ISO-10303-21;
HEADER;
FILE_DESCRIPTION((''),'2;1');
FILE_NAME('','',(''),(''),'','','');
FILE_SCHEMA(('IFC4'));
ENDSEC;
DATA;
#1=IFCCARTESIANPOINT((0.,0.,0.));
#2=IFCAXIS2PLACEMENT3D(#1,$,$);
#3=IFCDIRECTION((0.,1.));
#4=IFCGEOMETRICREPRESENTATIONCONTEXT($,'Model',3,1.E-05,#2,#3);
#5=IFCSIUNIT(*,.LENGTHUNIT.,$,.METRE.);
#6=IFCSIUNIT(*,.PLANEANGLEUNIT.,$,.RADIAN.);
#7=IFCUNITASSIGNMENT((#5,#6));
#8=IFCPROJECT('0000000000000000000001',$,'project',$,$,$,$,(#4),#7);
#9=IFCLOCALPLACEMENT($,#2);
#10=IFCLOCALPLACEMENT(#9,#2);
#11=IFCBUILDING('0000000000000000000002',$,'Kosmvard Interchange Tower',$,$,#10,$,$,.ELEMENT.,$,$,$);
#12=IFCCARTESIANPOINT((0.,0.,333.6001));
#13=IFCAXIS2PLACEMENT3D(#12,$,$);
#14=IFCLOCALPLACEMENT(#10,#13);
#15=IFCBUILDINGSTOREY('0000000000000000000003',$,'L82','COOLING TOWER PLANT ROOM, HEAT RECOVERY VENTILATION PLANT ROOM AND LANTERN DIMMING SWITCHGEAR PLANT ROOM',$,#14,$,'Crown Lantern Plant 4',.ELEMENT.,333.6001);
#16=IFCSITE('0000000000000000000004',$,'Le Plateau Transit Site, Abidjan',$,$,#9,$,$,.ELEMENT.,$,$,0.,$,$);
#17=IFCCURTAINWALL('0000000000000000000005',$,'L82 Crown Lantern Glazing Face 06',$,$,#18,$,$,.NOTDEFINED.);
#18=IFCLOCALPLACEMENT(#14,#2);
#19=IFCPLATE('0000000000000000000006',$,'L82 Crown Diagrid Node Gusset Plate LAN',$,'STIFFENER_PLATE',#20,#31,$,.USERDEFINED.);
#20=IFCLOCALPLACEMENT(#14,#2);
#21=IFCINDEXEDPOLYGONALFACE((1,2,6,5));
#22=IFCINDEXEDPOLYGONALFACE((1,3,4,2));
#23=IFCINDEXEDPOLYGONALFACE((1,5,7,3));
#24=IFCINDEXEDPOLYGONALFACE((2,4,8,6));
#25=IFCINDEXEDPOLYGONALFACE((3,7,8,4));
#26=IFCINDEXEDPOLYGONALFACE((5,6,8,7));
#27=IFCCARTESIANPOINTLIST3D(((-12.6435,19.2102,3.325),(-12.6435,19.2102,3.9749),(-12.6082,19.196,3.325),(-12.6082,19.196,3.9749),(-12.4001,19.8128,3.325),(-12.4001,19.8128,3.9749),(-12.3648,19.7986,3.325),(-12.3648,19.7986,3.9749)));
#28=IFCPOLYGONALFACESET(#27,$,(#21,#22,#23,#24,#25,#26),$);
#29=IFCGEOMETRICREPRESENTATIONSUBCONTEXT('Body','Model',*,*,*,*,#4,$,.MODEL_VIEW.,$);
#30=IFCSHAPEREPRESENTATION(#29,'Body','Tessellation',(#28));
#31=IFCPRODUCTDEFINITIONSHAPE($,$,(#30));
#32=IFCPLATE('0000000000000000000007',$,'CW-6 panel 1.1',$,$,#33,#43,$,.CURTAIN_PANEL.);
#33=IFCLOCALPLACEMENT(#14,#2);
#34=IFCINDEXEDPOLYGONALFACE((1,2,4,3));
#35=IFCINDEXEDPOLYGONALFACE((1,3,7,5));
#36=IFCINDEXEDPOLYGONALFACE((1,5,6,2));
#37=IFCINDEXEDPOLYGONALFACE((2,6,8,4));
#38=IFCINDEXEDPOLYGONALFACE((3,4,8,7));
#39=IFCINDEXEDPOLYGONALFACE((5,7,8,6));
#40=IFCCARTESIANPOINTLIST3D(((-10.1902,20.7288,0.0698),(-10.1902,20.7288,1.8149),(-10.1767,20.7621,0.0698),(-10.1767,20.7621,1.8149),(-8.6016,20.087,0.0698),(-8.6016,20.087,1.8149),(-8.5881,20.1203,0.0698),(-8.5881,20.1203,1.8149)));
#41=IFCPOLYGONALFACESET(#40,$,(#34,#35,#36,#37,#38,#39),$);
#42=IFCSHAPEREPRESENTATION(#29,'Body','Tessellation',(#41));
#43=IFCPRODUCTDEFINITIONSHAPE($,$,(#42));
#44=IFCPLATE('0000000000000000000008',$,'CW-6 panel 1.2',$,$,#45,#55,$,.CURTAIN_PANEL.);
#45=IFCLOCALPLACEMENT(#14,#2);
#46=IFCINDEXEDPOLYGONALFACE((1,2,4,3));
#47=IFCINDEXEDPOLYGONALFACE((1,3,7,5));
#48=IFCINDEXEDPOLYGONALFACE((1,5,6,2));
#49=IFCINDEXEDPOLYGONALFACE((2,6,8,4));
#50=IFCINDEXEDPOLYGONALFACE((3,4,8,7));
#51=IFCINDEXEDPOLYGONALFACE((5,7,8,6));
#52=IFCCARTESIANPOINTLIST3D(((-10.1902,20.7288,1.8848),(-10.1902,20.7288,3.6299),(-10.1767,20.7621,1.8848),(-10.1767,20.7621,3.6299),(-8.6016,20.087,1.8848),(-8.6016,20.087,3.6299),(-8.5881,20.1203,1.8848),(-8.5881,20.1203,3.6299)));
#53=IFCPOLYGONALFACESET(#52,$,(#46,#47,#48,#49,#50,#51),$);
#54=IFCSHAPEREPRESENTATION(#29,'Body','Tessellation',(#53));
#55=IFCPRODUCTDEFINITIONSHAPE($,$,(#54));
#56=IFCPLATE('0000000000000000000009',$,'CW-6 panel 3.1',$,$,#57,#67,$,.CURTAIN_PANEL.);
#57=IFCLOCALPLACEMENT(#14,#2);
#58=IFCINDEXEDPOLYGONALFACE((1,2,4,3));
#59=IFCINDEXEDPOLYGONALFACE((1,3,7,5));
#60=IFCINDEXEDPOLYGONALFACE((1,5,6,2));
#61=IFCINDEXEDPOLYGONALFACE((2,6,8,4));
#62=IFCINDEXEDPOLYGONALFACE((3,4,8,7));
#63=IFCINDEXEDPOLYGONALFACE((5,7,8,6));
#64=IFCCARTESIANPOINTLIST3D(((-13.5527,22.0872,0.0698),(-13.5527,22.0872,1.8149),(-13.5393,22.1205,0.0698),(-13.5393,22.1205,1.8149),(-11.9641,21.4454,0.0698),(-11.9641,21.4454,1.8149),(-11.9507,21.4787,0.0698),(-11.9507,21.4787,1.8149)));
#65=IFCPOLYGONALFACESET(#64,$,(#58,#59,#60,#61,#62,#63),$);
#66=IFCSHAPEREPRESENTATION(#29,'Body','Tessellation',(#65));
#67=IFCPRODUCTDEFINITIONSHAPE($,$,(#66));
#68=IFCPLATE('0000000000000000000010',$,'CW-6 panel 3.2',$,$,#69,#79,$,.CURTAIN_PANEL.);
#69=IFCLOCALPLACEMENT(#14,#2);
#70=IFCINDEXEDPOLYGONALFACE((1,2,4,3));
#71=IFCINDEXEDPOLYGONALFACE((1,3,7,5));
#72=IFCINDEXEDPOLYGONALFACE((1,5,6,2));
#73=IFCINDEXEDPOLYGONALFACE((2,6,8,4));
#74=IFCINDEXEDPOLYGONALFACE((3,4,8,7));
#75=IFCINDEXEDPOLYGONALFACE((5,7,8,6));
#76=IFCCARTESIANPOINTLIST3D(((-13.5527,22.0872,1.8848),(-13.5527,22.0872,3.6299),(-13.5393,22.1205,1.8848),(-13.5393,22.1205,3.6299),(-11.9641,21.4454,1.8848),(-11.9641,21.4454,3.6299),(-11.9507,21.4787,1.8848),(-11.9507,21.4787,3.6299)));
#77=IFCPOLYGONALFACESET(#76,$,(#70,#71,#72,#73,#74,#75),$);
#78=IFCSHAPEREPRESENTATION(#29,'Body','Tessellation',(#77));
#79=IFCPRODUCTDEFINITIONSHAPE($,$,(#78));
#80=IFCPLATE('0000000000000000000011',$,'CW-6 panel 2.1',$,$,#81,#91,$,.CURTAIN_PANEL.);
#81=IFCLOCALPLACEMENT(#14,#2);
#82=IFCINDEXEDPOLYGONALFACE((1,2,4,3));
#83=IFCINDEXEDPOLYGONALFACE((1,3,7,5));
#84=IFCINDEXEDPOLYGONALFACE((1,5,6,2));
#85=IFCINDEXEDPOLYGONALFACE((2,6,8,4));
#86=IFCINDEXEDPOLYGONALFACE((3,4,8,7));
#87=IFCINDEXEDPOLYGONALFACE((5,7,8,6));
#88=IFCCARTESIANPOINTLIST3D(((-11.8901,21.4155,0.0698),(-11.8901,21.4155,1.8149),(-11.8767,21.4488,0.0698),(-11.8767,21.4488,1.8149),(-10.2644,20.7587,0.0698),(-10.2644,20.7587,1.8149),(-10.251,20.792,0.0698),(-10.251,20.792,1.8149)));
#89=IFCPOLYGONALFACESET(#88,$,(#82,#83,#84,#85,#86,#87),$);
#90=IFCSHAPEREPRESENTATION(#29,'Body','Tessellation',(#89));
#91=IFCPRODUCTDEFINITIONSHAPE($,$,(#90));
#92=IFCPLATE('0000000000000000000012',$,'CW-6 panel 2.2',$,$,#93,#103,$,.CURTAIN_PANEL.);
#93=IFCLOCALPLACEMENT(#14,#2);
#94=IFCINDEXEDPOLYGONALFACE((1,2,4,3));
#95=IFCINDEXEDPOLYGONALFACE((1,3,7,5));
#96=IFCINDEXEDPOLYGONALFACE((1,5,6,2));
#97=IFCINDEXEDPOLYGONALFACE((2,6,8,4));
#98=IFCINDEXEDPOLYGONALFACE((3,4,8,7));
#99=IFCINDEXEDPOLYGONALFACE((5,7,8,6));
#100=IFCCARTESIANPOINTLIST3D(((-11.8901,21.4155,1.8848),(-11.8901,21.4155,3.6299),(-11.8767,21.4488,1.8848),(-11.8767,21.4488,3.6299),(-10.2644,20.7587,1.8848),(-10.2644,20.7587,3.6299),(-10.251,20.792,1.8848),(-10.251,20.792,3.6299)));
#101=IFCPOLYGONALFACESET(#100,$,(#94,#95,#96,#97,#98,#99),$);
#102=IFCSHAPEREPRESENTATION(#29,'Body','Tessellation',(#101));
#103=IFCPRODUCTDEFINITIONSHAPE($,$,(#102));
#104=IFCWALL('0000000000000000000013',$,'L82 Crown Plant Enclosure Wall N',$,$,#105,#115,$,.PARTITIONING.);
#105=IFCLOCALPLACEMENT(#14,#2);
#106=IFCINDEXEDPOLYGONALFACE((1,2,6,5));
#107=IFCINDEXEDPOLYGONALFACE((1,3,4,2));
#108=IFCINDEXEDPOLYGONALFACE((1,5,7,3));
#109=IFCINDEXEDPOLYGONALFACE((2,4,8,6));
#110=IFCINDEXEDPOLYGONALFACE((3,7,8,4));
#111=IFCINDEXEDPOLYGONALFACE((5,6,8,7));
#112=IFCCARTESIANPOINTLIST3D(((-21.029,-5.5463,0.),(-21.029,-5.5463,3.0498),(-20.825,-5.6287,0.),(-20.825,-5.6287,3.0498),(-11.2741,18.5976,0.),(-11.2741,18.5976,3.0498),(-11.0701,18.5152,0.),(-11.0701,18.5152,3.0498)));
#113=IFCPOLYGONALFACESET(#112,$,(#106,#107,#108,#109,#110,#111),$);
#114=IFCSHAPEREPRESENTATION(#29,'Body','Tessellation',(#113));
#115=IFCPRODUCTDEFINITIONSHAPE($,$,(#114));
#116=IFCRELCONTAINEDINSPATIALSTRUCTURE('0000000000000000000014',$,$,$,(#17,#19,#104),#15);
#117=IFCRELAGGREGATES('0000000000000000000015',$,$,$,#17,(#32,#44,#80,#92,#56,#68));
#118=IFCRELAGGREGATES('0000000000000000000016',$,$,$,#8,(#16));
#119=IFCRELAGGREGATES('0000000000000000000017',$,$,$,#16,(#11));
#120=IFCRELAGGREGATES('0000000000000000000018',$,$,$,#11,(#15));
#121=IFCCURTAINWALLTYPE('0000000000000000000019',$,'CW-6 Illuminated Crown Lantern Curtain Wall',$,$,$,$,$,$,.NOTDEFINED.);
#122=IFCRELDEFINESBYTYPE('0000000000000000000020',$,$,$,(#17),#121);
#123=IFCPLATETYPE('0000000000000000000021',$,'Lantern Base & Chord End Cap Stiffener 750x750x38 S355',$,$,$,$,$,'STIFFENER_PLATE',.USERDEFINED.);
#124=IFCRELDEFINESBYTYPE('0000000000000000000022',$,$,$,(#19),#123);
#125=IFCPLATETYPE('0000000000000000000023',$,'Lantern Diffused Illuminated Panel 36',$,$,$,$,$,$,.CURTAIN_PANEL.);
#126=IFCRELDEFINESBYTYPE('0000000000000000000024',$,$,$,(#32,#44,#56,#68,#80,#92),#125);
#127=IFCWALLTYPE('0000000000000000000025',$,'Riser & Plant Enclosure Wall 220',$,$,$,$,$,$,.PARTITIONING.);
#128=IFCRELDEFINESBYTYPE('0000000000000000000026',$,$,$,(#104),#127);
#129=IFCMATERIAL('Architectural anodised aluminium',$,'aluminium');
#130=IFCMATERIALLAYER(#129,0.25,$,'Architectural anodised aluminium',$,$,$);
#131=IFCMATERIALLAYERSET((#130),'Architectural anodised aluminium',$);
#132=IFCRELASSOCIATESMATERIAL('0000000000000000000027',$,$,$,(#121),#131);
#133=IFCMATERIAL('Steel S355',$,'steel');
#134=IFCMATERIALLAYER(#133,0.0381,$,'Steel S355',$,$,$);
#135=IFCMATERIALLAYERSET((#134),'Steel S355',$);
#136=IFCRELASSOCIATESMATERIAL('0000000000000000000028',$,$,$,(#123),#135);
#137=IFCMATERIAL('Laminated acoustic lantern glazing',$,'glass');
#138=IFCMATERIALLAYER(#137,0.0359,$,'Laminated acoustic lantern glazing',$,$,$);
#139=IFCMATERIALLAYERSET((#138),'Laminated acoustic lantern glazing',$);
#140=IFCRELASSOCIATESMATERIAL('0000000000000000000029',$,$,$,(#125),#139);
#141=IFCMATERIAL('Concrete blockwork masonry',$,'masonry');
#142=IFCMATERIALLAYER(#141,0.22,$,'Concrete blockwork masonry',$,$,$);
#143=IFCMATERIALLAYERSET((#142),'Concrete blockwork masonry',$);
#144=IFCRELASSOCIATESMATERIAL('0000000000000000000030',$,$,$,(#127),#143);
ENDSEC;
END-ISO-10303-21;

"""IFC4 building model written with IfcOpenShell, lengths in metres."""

from ifc_helpers import new_model, si_unit, direction, frame, frame_2d, origin, origin_2d, place, context, subcontext, project, spatial, rectangle, extrude, source, transform, mapped, material, layer, layer_set, type_object, element, aggregate, save


model = new_model("IFC4")

# Units and contexts
model_context = context("Model", 3, precision=1e-05, world=origin(), true_north=direction((0.0, 1.0)))
body_context = subcontext(model_context, "Body", "Model", "MODEL_VIEW")
ifc_project = project(units=[si_unit("LENGTHUNIT", "METRE"), si_unit("PLANEANGLEUNIT", "RADIAN")], contexts=[model_context])

# Site, building, storey
site_placement = place(None, origin())
site = spatial("IfcSite", under=ifc_project, at=site_placement, Name="Le Plateau Transit Site, Abidjan", CompositionType="ELEMENT", RefElevation=0.0)
building_placement = place(site_placement, origin())
building = spatial("IfcBuilding", under=site, at=building_placement, Name="Kosmvard Interchange Tower", CompositionType="ELEMENT")
storey_placement = place(building_placement, frame((0.0, 0.0, 333.6001)))
storey = spatial("IfcBuildingStorey", under=building, at=storey_placement, Name="L82", Description="COOLING TOWER PLANT ROOM, HEAT RECOVERY VENTILATION PLANT ROOM AND LANTERN DIMMING SWITCHGEAR PLANT ROOM", LongName="Crown Lantern Plant 4", CompositionType="ELEMENT", Elevation=333.6001)

# Shared definitions
ifc_material_1 = material(Name="Steel S355", Category="steel")

# Curtain wall
ifc_material_2 = material(Name="Architectural anodised aluminium", Category="aluminium")
ifc_layer_1 = layer(ifc_material_2, 0.25, Name="Architectural anodised aluminium")
ifc_layer_set_1 = layer_set([ifc_layer_1], Name="Architectural anodised aluminium")
curtain_wall_type = type_object("IfcCurtainWallType", Name="CW-6 Illuminated Crown Lantern Curtain Wall", PredefinedType="NOTDEFINED", material=ifc_layer_set_1)
curtain_wall_placement = place(storey_placement, origin())
curtain_wall = element("IfcCurtainWall", 1, at=curtain_wall_placement, inside=storey, type_object=curtain_wall_type, Name="L82 Crown Lantern Glazing Face 06", PredefinedType="NOTDEFINED")

# Plates
ifc_layer_2 = layer(ifc_material_1, 0.0381, Name="Steel S355")
ifc_layer_set_2 = layer_set([ifc_layer_2], Name="Steel S355")
plate_type_1 = type_object("IfcPlateType", Name="Lantern Base & Chord End Cap Stiffener 750x750x38 S355", ElementType="STIFFENER_PLATE", PredefinedType="USERDEFINED", material=ifc_layer_set_2)
shared_shape_1 = source(origin(), body_context, "Body", "SweptSolid", [
    extrude(rectangle(XDim=0.6499, YDim=0.0381, at=origin_2d()), origin(), (0.0, 0.0, 1.0), 0.6499),
])
plate_1_placement = place(storey_placement, frame((-12.5042, 19.5044, 3.325), z_axis=(0.0, 0.0, 1.0), x_axis=(0.374607, 0.927184, 0.0)))
element("IfcPlate", 2, at=plate_1_placement, inside=storey, type_object=plate_type_1, Name="L82 Crown Diagrid Node Gusset Plate LAN", ObjectType="STIFFENER_PLATE", PredefinedType="USERDEFINED", context=body_context, shape_type="MappedRepresentation", body=[
    mapped(shared_shape_1, transform((0.0, 0.0, 0.0), scale=1.0)),
])
ifc_material_3 = material(Name="Laminated acoustic lantern glazing", Category="glass")
ifc_layer_3 = layer(ifc_material_3, 0.0359, Name="Laminated acoustic lantern glazing")
ifc_layer_set_3 = layer_set([ifc_layer_3], Name="Laminated acoustic lantern glazing")
plate_type_2 = type_object("IfcPlateType", Name="Lantern Diffused Illuminated Panel 36", PredefinedType="CURTAIN_PANEL", material=ifc_layer_set_3)
shared_shape_2 = source(origin(), body_context, "Body", "SweptSolid", [
    extrude(rectangle(XDim=1.7134, YDim=0.0359, at=origin_2d()), origin(), (0.0, 0.0, 1.0), 1.7451),
])
plate_2_placement = place(storey_placement, frame((-9.3892, 20.4246, 0.0698), z_axis=(0.0, 0.0, 1.0), x_axis=(-0.927184, 0.374607, 0.0)))
plate_2 = element("IfcPlate", 3, at=plate_2_placement, type_object=plate_type_2, Name="CW-6 panel 1.1", PredefinedType="CURTAIN_PANEL", context=body_context, shape_type="MappedRepresentation", body=[
    mapped(shared_shape_2, transform((0.0, 0.0, 0.0), scale=1.0)),
])
plate_3_placement = place(storey_placement, frame((-9.3892, 20.4246, 1.8848), z_axis=(0.0, 0.0, 1.0), x_axis=(-0.927184, 0.374607, 0.0)))
plate_3 = element("IfcPlate", 4, at=plate_3_placement, type_object=plate_type_2, Name="CW-6 panel 1.2", PredefinedType="CURTAIN_PANEL", context=body_context, shape_type="MappedRepresentation", body=[
    mapped(shared_shape_2, transform((0.0, 0.0, 0.0), scale=1.0)),
])
plate_4_placement = place(storey_placement, frame((-12.7517, 21.783, 0.0698), z_axis=(0.0, 0.0, 1.0), x_axis=(-0.927184, 0.374607, 0.0)))
plate_4 = element("IfcPlate", 5, at=plate_4_placement, type_object=plate_type_2, Name="CW-6 panel 3.1", PredefinedType="CURTAIN_PANEL", context=body_context, shape_type="MappedRepresentation", body=[
    mapped(shared_shape_2, transform((0.0, 0.0, 0.0), scale=1.0)),
])
plate_5_placement = place(storey_placement, frame((-12.7517, 21.783, 1.8848), z_axis=(0.0, 0.0, 1.0), x_axis=(-0.927184, 0.374607, 0.0)))
plate_5 = element("IfcPlate", 6, at=plate_5_placement, type_object=plate_type_2, Name="CW-6 panel 3.2", PredefinedType="CURTAIN_PANEL", context=body_context, shape_type="MappedRepresentation", body=[
    mapped(shared_shape_2, transform((0.0, 0.0, 0.0), scale=1.0)),
])
shared_shape_3 = source(origin(), body_context, "Body", "SweptSolid", [
    extrude(rectangle(XDim=1.7534, YDim=0.0359, at=origin_2d()), origin(), (0.0, 0.0, 1.0), 1.7451),
])
plate_6_placement = place(storey_placement, frame((-11.0706, 21.1038, 0.0698), z_axis=(0.0, 0.0, 1.0), x_axis=(-0.927184, 0.374607, 0.0)))
plate_6 = element("IfcPlate", 7, at=plate_6_placement, type_object=plate_type_2, Name="CW-6 panel 2.1", PredefinedType="CURTAIN_PANEL", context=body_context, shape_type="MappedRepresentation", body=[
    mapped(shared_shape_3, transform((0.0, 0.0, 0.0), scale=1.0)),
])
plate_7_placement = place(storey_placement, frame((-11.0706, 21.1038, 1.8848), z_axis=(0.0, 0.0, 1.0), x_axis=(-0.927184, 0.374607, 0.0)))
plate_7 = element("IfcPlate", 8, at=plate_7_placement, type_object=plate_type_2, Name="CW-6 panel 2.2", PredefinedType="CURTAIN_PANEL", context=body_context, shape_type="MappedRepresentation", body=[
    mapped(shared_shape_3, transform((0.0, 0.0, 0.0), scale=1.0)),
])
aggregate(curtain_wall, [plate_2, plate_3, plate_6, plate_7, plate_4, plate_5])

# Wall
ifc_material_4 = material(Name="Concrete blockwork masonry", Category="masonry")
ifc_layer_4 = layer(ifc_material_4, 0.22, Name="Concrete blockwork masonry")
ifc_layer_set_4 = layer_set([ifc_layer_4], Name="Concrete blockwork masonry")
wall_type = type_object("IfcWallType", Name="Riser & Plant Enclosure Wall 220", PredefinedType="PARTITIONING", material=ifc_layer_set_4)
wall_placement = place(storey_placement, frame((-11.1721, 18.5564, 0.0), z_axis=(0.0, 0.0, 1.0), x_axis=(-0.374612, -0.927182, 0.0)))
element("IfcWall", 9, at=wall_placement, inside=storey, type_object=wall_type, Name="L82 Crown Plant Enclosure Wall N", PredefinedType="PARTITIONING", context=body_context, shape_type="SweptSolid", body=[
    extrude(rectangle(XDim=26.04, YDim=0.22, at=frame_2d((13.02, 0.0))), origin(), (0.0, 0.0, 1.0), 3.0498),
])

save(model, "model.ifc")
